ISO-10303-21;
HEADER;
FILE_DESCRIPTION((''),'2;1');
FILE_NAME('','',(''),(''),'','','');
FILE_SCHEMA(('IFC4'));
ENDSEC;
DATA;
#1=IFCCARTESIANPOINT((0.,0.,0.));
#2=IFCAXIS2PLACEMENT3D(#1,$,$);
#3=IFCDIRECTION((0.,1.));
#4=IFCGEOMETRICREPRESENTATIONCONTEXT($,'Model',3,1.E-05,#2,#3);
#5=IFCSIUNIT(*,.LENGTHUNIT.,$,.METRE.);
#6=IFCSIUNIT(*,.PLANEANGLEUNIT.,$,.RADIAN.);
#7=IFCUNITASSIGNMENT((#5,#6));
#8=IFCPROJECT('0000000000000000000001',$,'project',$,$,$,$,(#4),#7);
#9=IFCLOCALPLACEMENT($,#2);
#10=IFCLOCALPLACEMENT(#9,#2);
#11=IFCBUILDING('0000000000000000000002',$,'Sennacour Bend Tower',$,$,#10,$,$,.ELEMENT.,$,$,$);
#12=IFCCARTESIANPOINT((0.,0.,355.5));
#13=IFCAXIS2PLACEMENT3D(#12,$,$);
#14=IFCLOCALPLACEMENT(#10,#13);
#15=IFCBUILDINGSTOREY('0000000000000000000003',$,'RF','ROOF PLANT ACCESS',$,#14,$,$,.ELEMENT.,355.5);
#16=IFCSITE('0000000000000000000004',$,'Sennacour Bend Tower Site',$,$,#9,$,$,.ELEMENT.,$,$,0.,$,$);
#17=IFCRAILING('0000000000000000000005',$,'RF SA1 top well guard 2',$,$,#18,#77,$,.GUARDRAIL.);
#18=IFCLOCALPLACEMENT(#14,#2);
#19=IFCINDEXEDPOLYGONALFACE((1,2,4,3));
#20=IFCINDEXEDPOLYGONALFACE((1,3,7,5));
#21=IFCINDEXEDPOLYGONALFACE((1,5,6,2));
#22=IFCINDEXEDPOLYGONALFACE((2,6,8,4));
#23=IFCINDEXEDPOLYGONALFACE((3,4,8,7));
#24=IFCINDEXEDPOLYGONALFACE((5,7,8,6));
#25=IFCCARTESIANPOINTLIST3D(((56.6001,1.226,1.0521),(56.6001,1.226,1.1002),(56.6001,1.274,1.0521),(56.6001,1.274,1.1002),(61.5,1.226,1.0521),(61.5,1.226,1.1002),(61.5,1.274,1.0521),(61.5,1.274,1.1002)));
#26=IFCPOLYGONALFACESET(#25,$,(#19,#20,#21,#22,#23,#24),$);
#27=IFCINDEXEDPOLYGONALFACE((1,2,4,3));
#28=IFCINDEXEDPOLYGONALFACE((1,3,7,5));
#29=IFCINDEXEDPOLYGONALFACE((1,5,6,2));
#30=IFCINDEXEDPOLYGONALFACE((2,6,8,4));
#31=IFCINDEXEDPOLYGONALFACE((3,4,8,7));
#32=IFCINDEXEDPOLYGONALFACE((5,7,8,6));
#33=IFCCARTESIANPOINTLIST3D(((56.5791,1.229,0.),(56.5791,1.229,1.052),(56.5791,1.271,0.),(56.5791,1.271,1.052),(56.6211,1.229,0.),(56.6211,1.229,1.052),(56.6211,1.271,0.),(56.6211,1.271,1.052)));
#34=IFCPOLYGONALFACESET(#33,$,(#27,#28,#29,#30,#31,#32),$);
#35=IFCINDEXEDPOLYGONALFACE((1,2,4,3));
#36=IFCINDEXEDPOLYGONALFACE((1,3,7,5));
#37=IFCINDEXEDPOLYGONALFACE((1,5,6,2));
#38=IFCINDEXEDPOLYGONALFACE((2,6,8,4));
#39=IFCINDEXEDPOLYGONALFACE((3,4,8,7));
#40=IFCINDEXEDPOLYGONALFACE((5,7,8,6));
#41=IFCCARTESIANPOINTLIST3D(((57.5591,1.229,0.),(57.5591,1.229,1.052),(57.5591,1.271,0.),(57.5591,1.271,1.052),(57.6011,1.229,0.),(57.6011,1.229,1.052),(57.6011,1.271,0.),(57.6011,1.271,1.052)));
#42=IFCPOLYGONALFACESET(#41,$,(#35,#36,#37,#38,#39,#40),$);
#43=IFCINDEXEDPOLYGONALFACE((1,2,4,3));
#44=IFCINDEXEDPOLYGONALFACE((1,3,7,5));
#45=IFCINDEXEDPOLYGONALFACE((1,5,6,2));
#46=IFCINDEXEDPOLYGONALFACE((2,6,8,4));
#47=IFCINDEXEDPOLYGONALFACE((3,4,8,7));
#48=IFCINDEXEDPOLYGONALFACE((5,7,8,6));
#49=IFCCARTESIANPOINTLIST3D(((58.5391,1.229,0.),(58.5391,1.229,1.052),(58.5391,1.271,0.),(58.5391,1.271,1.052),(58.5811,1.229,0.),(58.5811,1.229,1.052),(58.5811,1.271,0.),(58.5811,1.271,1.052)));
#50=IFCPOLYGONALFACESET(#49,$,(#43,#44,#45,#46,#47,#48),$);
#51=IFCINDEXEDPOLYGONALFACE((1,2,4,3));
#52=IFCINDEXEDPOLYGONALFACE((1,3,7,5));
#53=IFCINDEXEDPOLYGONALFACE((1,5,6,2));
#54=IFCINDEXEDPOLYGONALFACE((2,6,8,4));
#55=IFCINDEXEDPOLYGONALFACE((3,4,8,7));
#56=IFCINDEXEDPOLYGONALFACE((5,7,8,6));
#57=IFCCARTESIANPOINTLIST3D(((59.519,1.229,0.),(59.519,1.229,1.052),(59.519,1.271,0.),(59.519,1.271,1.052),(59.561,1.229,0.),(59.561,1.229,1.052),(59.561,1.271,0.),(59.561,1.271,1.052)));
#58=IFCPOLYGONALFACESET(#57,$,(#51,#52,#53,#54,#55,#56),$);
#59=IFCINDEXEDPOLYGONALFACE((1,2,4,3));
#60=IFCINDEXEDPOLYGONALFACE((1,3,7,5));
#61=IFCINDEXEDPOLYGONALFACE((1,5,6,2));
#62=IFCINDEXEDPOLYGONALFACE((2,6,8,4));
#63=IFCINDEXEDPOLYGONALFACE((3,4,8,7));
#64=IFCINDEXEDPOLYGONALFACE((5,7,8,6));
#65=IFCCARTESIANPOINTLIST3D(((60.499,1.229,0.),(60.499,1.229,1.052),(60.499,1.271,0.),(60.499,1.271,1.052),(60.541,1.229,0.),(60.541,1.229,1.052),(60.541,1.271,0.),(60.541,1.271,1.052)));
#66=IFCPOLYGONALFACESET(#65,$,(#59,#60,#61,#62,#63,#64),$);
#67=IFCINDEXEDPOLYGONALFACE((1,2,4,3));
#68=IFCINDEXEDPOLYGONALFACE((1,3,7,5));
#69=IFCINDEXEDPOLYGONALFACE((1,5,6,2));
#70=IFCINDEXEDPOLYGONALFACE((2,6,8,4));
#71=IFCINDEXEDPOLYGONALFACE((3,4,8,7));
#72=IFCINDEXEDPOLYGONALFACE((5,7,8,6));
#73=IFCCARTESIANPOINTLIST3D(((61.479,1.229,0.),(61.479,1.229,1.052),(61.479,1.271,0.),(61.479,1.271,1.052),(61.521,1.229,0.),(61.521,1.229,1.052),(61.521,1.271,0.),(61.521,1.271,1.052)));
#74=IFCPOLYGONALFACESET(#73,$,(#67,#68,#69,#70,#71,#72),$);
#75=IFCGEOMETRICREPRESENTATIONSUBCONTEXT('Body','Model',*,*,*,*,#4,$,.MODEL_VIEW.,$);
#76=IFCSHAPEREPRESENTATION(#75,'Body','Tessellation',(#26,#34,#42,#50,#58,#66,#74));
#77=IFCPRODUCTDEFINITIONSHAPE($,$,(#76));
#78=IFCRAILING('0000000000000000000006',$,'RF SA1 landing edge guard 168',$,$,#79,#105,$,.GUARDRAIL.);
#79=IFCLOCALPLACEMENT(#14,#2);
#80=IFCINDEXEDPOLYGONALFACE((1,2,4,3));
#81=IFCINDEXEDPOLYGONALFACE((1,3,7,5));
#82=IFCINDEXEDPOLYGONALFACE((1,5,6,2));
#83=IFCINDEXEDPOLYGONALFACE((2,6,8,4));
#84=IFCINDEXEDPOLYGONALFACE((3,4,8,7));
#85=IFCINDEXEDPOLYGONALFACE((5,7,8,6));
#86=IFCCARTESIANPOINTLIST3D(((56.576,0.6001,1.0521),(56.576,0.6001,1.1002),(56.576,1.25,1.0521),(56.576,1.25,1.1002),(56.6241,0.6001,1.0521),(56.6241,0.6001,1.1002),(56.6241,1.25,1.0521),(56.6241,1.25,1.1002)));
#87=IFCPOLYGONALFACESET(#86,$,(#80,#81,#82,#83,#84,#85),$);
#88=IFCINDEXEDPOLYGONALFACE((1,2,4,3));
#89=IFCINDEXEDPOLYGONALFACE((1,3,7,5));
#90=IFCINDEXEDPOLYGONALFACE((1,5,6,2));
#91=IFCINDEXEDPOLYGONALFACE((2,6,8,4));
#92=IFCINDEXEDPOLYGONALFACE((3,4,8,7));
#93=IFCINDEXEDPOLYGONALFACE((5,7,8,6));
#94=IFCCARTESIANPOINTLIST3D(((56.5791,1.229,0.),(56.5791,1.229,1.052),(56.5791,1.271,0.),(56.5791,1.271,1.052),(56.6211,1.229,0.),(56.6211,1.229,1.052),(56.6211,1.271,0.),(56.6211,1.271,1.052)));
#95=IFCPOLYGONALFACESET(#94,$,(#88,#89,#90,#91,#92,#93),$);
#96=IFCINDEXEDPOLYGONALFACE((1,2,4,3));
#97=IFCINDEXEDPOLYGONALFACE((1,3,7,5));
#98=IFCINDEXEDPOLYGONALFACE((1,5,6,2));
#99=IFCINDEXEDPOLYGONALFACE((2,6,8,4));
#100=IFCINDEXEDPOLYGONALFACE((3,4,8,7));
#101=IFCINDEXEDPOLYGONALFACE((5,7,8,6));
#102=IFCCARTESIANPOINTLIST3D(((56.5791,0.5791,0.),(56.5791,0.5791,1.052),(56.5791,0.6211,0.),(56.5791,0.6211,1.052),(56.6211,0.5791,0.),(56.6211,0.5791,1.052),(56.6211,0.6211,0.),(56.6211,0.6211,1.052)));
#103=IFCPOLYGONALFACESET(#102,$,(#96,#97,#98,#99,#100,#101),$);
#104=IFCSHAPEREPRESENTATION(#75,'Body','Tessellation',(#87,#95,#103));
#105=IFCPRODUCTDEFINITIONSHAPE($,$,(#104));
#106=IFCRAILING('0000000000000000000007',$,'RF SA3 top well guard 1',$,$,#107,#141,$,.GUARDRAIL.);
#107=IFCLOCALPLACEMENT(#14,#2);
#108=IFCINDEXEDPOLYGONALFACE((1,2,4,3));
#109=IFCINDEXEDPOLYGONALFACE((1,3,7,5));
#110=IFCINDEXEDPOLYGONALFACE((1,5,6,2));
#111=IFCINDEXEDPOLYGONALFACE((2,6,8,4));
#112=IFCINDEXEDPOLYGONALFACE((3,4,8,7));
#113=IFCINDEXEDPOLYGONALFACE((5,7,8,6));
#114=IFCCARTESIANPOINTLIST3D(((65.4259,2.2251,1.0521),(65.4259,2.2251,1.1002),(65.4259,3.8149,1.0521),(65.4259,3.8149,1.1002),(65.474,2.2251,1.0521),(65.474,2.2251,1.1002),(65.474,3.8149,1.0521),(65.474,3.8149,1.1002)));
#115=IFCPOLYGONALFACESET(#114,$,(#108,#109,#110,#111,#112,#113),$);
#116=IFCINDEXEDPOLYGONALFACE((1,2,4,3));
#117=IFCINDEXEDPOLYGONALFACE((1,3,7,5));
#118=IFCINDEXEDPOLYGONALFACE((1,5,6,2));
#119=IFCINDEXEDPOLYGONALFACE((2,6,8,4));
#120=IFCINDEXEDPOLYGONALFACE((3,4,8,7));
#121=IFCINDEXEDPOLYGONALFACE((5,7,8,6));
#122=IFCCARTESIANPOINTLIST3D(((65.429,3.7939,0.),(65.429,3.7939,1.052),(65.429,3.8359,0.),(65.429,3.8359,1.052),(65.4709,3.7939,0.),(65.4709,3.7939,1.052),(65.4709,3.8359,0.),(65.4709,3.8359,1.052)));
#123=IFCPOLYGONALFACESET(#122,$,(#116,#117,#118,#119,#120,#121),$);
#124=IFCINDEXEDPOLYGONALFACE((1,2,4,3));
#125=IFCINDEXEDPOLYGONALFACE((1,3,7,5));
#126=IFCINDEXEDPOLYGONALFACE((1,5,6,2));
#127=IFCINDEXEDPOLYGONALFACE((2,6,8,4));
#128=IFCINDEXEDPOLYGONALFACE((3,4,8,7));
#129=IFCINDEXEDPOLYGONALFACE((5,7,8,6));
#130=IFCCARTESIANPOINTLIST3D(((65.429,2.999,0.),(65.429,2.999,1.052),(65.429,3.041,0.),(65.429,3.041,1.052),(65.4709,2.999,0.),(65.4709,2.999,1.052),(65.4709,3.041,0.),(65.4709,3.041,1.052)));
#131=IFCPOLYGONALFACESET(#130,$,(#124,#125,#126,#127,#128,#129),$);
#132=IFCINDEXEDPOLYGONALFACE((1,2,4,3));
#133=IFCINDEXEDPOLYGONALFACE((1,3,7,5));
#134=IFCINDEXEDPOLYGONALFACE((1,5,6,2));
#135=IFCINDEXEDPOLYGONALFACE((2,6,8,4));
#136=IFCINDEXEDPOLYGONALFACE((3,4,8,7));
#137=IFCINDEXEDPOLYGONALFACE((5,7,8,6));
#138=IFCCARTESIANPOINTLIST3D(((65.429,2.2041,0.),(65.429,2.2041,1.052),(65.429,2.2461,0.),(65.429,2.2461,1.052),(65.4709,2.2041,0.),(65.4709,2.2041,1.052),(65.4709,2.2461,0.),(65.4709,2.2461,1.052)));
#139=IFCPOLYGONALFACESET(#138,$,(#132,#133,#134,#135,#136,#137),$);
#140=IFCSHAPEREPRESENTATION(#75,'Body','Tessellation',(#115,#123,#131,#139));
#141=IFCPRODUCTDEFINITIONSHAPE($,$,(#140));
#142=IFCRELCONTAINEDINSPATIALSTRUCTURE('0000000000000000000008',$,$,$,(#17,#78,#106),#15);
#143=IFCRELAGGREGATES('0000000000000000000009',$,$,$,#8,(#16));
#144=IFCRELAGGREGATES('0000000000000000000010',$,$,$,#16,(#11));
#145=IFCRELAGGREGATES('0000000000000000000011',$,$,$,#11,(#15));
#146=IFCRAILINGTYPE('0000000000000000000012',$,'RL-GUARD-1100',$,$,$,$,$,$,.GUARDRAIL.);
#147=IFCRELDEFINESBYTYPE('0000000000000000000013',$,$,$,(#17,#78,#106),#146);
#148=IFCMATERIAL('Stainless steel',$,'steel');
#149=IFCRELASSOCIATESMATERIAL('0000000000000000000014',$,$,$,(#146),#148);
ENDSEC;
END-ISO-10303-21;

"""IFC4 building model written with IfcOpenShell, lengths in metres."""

from ifc_helpers import new_model, si_unit, direction, frame, origin, origin_2d, place, context, subcontext, project, spatial, rectangle, extrude, material, type_object, element, save


model = new_model("IFC4")

# Units and contexts
model_context = context("Model", 3, precision=1e-05, world=origin(), true_north=direction((0.0, 1.0)))
body_context = subcontext(model_context, "Body", "Model", "MODEL_VIEW")
ifc_project = project(units=[si_unit("LENGTHUNIT", "METRE"), si_unit("PLANEANGLEUNIT", "RADIAN")], contexts=[model_context])

# Site, building, storey
site_placement = place(None, origin())
site = spatial("IfcSite", under=ifc_project, at=site_placement, Name="Sennacour Bend Tower Site", CompositionType="ELEMENT", RefElevation=0.0)
building_placement = place(site_placement, origin())
building = spatial("IfcBuilding", under=site, at=building_placement, Name="Sennacour Bend Tower", CompositionType="ELEMENT")
storey_placement = place(building_placement, frame((0.0, 0.0, 355.5)))
storey = spatial("IfcBuildingStorey", under=building, at=storey_placement, Name="RF", Description="ROOF PLANT ACCESS", CompositionType="ELEMENT", Elevation=355.5)

# Railings
ifc_material_1 = material(Name="Stainless steel", Category="steel")
railing_type = type_object("IfcRailingType", Name="RL-GUARD-1100", PredefinedType="GUARDRAIL", material=ifc_material_1)
railing_1_placement = place(storey_placement, frame((56.6001, 1.25, 0.0)))
element("IfcRailing", 1, at=railing_1_placement, inside=storey, type_object=railing_type, Name="RF SA1 top well guard 2", PredefinedType="GUARDRAIL", context=body_context, shape_type="SweptSolid", body=[
    extrude(rectangle(XDim=0.0481, YDim=0.0481, at=origin_2d()), frame((0.0, 0.0, 1.0762), z_axis=(1.0, 0.0, 0.0), x_axis=(0.0, 1.0, 0.0)), (0.0, 0.0, 1.0), 4.8999),
    extrude(rectangle(XDim=0.042, YDim=0.042, at=origin_2d()), origin(), (0.0, 0.0, 1.0), 1.052),
    extrude(rectangle(XDim=0.042, YDim=0.042, at=origin_2d()), frame((0.98, 0.0, 0.0)), (0.0, 0.0, 1.0), 1.052),
    extrude(rectangle(XDim=0.042, YDim=0.042, at=origin_2d()), frame((1.96, 0.0, 0.0)), (0.0, 0.0, 1.0), 1.052),
    extrude(rectangle(XDim=0.042, YDim=0.042, at=origin_2d()), frame((2.9399, 0.0, 0.0)), (0.0, 0.0, 1.0), 1.052),
    extrude(rectangle(XDim=0.042, YDim=0.042, at=origin_2d()), frame((3.9199, 0.0, 0.0)), (0.0, 0.0, 1.0), 1.052),
    extrude(rectangle(XDim=0.042, YDim=0.042, at=origin_2d()), frame((4.8999, 0.0, 0.0)), (0.0, 0.0, 1.0), 1.052),
])
railing_2_placement = place(storey_placement, frame((56.6001, 1.25, 0.0)))
element("IfcRailing", 2, at=railing_2_placement, inside=storey, type_object=railing_type, Name="RF SA1 landing edge guard 168", PredefinedType="GUARDRAIL", context=body_context, shape_type="SweptSolid", body=[
    extrude(rectangle(XDim=0.0481, YDim=0.0481, at=origin_2d()), frame((0.0, 0.0, 1.0762), z_axis=(0.0, -1.0, 0.0), x_axis=(1.0, 0.0, 0.0)), (0.0, 0.0, 1.0), 0.6499),
    extrude(rectangle(XDim=0.042, YDim=0.042, at=origin_2d()), origin(), (0.0, 0.0, 1.0), 1.052),
    extrude(rectangle(XDim=0.042, YDim=0.042, at=origin_2d()), frame((0.0, -0.6499, 0.0)), (0.0, 0.0, 1.0), 1.052),
])
railing_3_placement = place(storey_placement, frame((65.45, 3.8149, 0.0)))
element("IfcRailing", 3, at=railing_3_placement, inside=storey, type_object=railing_type, Name="RF SA3 top well guard 1", PredefinedType="GUARDRAIL", context=body_context, shape_type="SweptSolid", body=[
    extrude(rectangle(XDim=0.0481, YDim=0.0481, at=origin_2d()), frame((0.0, 0.0, 1.0762), z_axis=(0.0, -1.0, 0.0), x_axis=(1.0, 0.0, 0.0)), (0.0, 0.0, 1.0), 1.5898),
    extrude(rectangle(XDim=0.042, YDim=0.042, at=origin_2d()), origin(), (0.0, 0.0, 1.0), 1.052),
    extrude(rectangle(XDim=0.042, YDim=0.042, at=origin_2d()), frame((0.0, -0.7949, 0.0)), (0.0, 0.0, 1.0), 1.052),
    extrude(rectangle(XDim=0.042, YDim=0.042, at=origin_2d()), frame((0.0, -1.5898, 0.0)), (0.0, 0.0, 1.0), 1.052),
])

save(model, "model.ifc")
